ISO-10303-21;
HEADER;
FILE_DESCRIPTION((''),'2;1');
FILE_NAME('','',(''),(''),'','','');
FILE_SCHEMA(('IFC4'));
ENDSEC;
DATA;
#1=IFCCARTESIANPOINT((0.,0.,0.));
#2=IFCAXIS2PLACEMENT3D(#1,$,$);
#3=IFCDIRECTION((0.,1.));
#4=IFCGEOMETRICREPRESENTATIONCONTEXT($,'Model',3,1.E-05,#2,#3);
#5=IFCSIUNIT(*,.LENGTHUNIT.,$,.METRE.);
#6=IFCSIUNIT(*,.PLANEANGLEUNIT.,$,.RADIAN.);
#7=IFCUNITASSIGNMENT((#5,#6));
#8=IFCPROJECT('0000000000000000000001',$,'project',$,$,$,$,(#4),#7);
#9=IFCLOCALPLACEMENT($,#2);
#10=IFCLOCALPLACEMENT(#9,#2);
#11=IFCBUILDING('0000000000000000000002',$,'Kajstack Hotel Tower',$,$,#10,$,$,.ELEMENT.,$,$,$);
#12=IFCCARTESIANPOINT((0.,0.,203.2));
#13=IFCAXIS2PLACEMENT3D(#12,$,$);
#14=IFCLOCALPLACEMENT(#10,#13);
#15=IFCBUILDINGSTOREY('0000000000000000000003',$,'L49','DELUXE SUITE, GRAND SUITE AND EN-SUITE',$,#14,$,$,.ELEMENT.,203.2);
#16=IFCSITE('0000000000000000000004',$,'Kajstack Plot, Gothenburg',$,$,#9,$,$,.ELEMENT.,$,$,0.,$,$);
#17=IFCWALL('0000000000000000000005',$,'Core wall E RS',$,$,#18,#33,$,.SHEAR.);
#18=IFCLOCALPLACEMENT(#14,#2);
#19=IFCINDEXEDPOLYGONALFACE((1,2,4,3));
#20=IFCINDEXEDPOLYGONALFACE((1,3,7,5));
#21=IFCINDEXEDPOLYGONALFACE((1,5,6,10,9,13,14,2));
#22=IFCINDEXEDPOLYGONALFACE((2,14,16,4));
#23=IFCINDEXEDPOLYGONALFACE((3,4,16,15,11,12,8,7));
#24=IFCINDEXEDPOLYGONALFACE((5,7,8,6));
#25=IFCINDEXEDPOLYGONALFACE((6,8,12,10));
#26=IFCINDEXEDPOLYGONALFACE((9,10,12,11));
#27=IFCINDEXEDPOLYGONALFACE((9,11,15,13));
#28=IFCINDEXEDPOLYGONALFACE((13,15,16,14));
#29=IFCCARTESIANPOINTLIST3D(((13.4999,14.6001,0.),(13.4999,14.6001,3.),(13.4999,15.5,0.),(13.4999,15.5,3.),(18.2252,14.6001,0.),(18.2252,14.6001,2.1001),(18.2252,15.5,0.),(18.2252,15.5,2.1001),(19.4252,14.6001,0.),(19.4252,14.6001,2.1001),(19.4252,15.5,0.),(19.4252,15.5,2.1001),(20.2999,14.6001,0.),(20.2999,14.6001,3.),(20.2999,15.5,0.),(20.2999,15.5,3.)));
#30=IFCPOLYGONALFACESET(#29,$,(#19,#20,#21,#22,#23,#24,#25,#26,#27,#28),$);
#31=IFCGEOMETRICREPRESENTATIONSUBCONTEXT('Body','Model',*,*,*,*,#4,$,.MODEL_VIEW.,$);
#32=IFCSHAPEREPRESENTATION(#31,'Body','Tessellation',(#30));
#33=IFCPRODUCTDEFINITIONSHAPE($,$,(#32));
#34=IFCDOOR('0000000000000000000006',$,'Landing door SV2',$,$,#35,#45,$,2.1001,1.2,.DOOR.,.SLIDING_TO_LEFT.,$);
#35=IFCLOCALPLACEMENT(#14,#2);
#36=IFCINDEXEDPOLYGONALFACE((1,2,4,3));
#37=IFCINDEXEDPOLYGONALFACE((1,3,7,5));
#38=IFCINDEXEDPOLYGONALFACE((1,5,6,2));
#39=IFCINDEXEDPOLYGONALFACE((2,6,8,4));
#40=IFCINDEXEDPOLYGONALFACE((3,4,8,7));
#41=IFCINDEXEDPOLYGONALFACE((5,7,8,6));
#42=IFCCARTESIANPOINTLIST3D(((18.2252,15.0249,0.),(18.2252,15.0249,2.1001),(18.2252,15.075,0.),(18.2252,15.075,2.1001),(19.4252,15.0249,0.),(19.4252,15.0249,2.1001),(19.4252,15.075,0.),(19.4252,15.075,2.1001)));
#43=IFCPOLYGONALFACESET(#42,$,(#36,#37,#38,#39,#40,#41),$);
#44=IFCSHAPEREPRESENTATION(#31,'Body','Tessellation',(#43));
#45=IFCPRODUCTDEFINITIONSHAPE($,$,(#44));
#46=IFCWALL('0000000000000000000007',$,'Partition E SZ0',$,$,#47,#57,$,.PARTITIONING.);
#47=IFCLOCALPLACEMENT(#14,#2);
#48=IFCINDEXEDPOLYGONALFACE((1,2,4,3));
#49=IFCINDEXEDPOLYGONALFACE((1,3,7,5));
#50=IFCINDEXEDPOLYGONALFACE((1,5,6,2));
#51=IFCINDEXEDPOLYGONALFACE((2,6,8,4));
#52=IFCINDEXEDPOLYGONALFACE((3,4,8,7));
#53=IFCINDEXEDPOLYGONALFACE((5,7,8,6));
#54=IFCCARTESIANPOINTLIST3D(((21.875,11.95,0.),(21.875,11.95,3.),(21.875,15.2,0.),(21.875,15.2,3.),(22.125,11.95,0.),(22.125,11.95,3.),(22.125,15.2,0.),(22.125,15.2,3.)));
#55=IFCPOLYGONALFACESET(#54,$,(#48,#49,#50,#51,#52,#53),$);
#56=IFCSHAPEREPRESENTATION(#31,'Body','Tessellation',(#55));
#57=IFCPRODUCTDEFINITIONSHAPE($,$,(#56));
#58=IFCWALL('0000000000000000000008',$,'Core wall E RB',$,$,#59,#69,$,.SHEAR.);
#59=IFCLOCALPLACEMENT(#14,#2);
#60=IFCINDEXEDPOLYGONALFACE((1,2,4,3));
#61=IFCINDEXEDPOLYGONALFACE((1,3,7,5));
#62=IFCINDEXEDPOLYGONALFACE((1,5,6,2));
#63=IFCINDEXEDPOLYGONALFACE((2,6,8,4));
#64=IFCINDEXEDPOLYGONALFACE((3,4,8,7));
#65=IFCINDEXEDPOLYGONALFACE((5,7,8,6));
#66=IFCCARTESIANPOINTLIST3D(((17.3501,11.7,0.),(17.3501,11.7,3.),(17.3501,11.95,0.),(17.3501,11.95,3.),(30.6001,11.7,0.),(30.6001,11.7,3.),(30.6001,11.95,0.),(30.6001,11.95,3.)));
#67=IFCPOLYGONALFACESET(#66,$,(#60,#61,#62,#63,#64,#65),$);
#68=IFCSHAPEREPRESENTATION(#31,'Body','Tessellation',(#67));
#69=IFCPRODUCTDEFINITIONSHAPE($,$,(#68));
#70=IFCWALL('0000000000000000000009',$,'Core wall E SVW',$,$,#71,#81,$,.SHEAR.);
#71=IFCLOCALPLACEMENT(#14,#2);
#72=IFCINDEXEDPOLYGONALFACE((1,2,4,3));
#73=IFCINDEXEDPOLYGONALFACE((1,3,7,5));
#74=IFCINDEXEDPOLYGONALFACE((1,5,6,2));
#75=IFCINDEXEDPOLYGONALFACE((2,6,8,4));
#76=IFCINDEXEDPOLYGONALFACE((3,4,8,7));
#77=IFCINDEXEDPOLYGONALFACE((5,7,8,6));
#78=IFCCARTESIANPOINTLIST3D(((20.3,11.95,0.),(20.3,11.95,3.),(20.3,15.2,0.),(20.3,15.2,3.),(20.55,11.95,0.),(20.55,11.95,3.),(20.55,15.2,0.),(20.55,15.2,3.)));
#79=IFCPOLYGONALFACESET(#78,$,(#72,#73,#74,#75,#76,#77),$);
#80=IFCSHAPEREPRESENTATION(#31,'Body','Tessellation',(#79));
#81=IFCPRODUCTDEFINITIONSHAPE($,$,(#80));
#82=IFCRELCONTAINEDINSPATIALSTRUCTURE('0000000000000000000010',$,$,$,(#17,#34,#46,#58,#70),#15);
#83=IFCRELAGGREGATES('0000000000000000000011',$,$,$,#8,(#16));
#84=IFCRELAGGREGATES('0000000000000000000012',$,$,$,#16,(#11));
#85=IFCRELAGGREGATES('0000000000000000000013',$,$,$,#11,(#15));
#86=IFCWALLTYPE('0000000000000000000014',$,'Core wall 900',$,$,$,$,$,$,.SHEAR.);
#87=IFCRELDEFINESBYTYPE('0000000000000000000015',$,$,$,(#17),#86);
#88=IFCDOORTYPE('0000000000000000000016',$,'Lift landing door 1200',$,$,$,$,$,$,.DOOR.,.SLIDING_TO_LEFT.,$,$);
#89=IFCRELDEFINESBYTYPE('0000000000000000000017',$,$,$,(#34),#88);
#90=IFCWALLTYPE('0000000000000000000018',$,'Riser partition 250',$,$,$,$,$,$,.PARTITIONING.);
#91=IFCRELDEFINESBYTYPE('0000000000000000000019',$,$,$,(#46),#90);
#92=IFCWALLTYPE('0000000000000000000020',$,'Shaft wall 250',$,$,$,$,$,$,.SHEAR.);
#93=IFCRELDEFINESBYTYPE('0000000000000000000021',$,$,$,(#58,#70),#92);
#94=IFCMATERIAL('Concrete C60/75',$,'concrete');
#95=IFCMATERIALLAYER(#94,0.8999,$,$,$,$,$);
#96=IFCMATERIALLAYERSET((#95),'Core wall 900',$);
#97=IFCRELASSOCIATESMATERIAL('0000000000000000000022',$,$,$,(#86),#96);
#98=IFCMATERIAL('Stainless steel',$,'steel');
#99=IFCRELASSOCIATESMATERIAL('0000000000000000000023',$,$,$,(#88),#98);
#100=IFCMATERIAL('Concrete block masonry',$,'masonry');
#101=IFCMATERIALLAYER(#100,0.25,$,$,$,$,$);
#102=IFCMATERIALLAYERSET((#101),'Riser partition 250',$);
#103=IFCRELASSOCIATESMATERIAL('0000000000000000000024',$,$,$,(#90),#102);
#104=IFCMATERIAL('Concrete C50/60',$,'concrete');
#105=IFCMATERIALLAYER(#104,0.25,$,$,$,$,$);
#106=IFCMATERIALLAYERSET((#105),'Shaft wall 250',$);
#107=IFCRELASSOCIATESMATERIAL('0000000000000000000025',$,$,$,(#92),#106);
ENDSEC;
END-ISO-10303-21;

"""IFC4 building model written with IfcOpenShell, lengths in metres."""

from ifc_helpers import new_model, si_unit, direction, frame, frame_2d, origin, place, context, subcontext, project, spatial, rectangle, extrude, material, layer, layer_set, type_object, element, fill, save


model = new_model("IFC4")

# Units and contexts
model_context = context("Model", 3, precision=1e-05, world=origin(), true_north=direction((0.0, 1.0)))
body_context = subcontext(model_context, "Body", "Model", "MODEL_VIEW")
ifc_project = project(units=[si_unit("LENGTHUNIT", "METRE"), si_unit("PLANEANGLEUNIT", "RADIAN")], contexts=[model_context])

# Site, building, storey
site_placement = place(None, origin())
site = spatial("IfcSite", under=ifc_project, at=site_placement, Name="Kajstack Plot, Gothenburg", CompositionType="ELEMENT", RefElevation=0.0)
building_placement = place(site_placement, origin())
building = spatial("IfcBuilding", under=site, at=building_placement, Name="Kajstack Hotel Tower", CompositionType="ELEMENT")
storey_placement = place(building_placement, frame((0.0, 0.0, 203.2)))
storey = spatial("IfcBuildingStorey", under=building, at=storey_placement, Name="L49", Description="DELUXE SUITE, GRAND SUITE AND EN-SUITE", CompositionType="ELEMENT", Elevation=203.2)

# Wall, opening, door
ifc_material_1 = material(Name="Concrete C60/75", Category="concrete")
ifc_layer_1 = layer(ifc_material_1, 0.8999)
ifc_layer_set_1 = layer_set([ifc_layer_1], Name="Core wall 900")
wall_type_1 = type_object("IfcWallType", Name="Core wall 900", PredefinedType="SHEAR", material=ifc_layer_set_1)
wall_1_placement = place(storey_placement, frame((13.5, 15.05, 0.0), z_axis=(0.0, 0.0, 1.0), x_axis=(1.0, 0.0, 0.0)))
wall_1 = element("IfcWall", 1, at=wall_1_placement, inside=storey, type_object=wall_type_1, Name="Core wall E RS", PredefinedType="SHEAR", context=body_context, shape_type="SweptSolid", body=[
    extrude(rectangle(XDim=6.8, YDim=0.8999, at=frame_2d((3.3999, 0.0))), origin(), (0.0, 0.0, 1.0), 3.0),
])
opening_placement = place(wall_1_placement, frame((4.7251, 0.0, 0.0)))
opening = element("IfcOpeningElement", 2, at=opening_placement, cuts=wall_1, PredefinedType="OPENING", context=body_context, shape_type="SweptSolid", body=[
    extrude(rectangle(XDim=1.2, YDim=2.1001, at=frame_2d((0.6001, 1.05))), frame((0.0, 0.46, 0.0), z_axis=(0.0, -1.0, 0.0), x_axis=(1.0, 0.0, 0.0)), (0.0, 0.0, 1.0), 0.9199),
])
ifc_material_2 = material(Name="Stainless steel", Category="steel")
door_type = type_object("IfcDoorType", Name="Lift landing door 1200", OperationType="SLIDING_TO_LEFT", PredefinedType="DOOR", material=ifc_material_2)
door_placement = place(opening_placement, origin())
door = element("IfcDoor", 3, at=door_placement, inside=storey, type_object=door_type, Name="Landing door SV2", OperationType="SLIDING_TO_LEFT", OverallHeight=2.1001, OverallWidth=1.2, PredefinedType="DOOR", context=body_context, shape_type="SweptSolid", body=[
    extrude(rectangle(XDim=1.2, YDim=2.1001, at=frame_2d((0.6001, 1.05))), frame((0.0, 0.0249, 0.0), z_axis=(0.0, -1.0, 0.0), x_axis=(1.0, 0.0, 0.0)), (0.0, 0.0, 1.0), 0.05),
])
fill(opening, door)

# Walls
ifc_material_3 = material(Name="Concrete block masonry", Category="masonry")
ifc_layer_2 = layer(ifc_material_3, 0.25)
ifc_layer_set_2 = layer_set([ifc_layer_2], Name="Riser partition 250")
wall_type_2 = type_object("IfcWallType", Name="Riser partition 250", PredefinedType="PARTITIONING", material=ifc_layer_set_2)
wall_2_placement = place(storey_placement, frame((22.0, 11.95, 0.0), z_axis=(0.0, 0.0, 1.0), x_axis=(0.0, 1.0, 0.0)))
element("IfcWall", 4, at=wall_2_placement, inside=storey, type_object=wall_type_2, Name="Partition E SZ0", PredefinedType="PARTITIONING", context=body_context, shape_type="SweptSolid", body=[
    extrude(rectangle(XDim=3.25, YDim=0.25, at=frame_2d((1.625, 0.0))), origin(), (0.0, 0.0, 1.0), 3.0),
])
ifc_material_4 = material(Name="Concrete C50/60", Category="concrete")
ifc_layer_3 = layer(ifc_material_4, 0.25)
ifc_layer_set_3 = layer_set([ifc_layer_3], Name="Shaft wall 250")
wall_type_3 = type_object("IfcWallType", Name="Shaft wall 250", PredefinedType="SHEAR", material=ifc_layer_set_3)
wall_3_placement = place(storey_placement, frame((17.3501, 11.825, 0.0), z_axis=(0.0, 0.0, 1.0), x_axis=(1.0, 0.0, 0.0)))
element("IfcWall", 5, at=wall_3_placement, inside=storey, type_object=wall_type_3, Name="Core wall E RB", PredefinedType="SHEAR", context=body_context, shape_type="SweptSolid", body=[
    extrude(rectangle(XDim=13.25, YDim=0.25, at=frame_2d((6.625, 0.0))), origin(), (0.0, 0.0, 1.0), 3.0),
])
wall_4_placement = place(storey_placement, frame((20.425, 11.95, 0.0), z_axis=(0.0, 0.0, 1.0), x_axis=(0.0, 1.0, 0.0)))
element("IfcWall", 6, at=wall_4_placement, inside=storey, type_object=wall_type_3, Name="Core wall E SVW", PredefinedType="SHEAR", context=body_context, shape_type="SweptSolid", body=[
    extrude(rectangle(XDim=3.25, YDim=0.25, at=frame_2d((1.625, 0.0))), origin(), (0.0, 0.0, 1.0), 3.0),
])

save(model, "model.ifc")
